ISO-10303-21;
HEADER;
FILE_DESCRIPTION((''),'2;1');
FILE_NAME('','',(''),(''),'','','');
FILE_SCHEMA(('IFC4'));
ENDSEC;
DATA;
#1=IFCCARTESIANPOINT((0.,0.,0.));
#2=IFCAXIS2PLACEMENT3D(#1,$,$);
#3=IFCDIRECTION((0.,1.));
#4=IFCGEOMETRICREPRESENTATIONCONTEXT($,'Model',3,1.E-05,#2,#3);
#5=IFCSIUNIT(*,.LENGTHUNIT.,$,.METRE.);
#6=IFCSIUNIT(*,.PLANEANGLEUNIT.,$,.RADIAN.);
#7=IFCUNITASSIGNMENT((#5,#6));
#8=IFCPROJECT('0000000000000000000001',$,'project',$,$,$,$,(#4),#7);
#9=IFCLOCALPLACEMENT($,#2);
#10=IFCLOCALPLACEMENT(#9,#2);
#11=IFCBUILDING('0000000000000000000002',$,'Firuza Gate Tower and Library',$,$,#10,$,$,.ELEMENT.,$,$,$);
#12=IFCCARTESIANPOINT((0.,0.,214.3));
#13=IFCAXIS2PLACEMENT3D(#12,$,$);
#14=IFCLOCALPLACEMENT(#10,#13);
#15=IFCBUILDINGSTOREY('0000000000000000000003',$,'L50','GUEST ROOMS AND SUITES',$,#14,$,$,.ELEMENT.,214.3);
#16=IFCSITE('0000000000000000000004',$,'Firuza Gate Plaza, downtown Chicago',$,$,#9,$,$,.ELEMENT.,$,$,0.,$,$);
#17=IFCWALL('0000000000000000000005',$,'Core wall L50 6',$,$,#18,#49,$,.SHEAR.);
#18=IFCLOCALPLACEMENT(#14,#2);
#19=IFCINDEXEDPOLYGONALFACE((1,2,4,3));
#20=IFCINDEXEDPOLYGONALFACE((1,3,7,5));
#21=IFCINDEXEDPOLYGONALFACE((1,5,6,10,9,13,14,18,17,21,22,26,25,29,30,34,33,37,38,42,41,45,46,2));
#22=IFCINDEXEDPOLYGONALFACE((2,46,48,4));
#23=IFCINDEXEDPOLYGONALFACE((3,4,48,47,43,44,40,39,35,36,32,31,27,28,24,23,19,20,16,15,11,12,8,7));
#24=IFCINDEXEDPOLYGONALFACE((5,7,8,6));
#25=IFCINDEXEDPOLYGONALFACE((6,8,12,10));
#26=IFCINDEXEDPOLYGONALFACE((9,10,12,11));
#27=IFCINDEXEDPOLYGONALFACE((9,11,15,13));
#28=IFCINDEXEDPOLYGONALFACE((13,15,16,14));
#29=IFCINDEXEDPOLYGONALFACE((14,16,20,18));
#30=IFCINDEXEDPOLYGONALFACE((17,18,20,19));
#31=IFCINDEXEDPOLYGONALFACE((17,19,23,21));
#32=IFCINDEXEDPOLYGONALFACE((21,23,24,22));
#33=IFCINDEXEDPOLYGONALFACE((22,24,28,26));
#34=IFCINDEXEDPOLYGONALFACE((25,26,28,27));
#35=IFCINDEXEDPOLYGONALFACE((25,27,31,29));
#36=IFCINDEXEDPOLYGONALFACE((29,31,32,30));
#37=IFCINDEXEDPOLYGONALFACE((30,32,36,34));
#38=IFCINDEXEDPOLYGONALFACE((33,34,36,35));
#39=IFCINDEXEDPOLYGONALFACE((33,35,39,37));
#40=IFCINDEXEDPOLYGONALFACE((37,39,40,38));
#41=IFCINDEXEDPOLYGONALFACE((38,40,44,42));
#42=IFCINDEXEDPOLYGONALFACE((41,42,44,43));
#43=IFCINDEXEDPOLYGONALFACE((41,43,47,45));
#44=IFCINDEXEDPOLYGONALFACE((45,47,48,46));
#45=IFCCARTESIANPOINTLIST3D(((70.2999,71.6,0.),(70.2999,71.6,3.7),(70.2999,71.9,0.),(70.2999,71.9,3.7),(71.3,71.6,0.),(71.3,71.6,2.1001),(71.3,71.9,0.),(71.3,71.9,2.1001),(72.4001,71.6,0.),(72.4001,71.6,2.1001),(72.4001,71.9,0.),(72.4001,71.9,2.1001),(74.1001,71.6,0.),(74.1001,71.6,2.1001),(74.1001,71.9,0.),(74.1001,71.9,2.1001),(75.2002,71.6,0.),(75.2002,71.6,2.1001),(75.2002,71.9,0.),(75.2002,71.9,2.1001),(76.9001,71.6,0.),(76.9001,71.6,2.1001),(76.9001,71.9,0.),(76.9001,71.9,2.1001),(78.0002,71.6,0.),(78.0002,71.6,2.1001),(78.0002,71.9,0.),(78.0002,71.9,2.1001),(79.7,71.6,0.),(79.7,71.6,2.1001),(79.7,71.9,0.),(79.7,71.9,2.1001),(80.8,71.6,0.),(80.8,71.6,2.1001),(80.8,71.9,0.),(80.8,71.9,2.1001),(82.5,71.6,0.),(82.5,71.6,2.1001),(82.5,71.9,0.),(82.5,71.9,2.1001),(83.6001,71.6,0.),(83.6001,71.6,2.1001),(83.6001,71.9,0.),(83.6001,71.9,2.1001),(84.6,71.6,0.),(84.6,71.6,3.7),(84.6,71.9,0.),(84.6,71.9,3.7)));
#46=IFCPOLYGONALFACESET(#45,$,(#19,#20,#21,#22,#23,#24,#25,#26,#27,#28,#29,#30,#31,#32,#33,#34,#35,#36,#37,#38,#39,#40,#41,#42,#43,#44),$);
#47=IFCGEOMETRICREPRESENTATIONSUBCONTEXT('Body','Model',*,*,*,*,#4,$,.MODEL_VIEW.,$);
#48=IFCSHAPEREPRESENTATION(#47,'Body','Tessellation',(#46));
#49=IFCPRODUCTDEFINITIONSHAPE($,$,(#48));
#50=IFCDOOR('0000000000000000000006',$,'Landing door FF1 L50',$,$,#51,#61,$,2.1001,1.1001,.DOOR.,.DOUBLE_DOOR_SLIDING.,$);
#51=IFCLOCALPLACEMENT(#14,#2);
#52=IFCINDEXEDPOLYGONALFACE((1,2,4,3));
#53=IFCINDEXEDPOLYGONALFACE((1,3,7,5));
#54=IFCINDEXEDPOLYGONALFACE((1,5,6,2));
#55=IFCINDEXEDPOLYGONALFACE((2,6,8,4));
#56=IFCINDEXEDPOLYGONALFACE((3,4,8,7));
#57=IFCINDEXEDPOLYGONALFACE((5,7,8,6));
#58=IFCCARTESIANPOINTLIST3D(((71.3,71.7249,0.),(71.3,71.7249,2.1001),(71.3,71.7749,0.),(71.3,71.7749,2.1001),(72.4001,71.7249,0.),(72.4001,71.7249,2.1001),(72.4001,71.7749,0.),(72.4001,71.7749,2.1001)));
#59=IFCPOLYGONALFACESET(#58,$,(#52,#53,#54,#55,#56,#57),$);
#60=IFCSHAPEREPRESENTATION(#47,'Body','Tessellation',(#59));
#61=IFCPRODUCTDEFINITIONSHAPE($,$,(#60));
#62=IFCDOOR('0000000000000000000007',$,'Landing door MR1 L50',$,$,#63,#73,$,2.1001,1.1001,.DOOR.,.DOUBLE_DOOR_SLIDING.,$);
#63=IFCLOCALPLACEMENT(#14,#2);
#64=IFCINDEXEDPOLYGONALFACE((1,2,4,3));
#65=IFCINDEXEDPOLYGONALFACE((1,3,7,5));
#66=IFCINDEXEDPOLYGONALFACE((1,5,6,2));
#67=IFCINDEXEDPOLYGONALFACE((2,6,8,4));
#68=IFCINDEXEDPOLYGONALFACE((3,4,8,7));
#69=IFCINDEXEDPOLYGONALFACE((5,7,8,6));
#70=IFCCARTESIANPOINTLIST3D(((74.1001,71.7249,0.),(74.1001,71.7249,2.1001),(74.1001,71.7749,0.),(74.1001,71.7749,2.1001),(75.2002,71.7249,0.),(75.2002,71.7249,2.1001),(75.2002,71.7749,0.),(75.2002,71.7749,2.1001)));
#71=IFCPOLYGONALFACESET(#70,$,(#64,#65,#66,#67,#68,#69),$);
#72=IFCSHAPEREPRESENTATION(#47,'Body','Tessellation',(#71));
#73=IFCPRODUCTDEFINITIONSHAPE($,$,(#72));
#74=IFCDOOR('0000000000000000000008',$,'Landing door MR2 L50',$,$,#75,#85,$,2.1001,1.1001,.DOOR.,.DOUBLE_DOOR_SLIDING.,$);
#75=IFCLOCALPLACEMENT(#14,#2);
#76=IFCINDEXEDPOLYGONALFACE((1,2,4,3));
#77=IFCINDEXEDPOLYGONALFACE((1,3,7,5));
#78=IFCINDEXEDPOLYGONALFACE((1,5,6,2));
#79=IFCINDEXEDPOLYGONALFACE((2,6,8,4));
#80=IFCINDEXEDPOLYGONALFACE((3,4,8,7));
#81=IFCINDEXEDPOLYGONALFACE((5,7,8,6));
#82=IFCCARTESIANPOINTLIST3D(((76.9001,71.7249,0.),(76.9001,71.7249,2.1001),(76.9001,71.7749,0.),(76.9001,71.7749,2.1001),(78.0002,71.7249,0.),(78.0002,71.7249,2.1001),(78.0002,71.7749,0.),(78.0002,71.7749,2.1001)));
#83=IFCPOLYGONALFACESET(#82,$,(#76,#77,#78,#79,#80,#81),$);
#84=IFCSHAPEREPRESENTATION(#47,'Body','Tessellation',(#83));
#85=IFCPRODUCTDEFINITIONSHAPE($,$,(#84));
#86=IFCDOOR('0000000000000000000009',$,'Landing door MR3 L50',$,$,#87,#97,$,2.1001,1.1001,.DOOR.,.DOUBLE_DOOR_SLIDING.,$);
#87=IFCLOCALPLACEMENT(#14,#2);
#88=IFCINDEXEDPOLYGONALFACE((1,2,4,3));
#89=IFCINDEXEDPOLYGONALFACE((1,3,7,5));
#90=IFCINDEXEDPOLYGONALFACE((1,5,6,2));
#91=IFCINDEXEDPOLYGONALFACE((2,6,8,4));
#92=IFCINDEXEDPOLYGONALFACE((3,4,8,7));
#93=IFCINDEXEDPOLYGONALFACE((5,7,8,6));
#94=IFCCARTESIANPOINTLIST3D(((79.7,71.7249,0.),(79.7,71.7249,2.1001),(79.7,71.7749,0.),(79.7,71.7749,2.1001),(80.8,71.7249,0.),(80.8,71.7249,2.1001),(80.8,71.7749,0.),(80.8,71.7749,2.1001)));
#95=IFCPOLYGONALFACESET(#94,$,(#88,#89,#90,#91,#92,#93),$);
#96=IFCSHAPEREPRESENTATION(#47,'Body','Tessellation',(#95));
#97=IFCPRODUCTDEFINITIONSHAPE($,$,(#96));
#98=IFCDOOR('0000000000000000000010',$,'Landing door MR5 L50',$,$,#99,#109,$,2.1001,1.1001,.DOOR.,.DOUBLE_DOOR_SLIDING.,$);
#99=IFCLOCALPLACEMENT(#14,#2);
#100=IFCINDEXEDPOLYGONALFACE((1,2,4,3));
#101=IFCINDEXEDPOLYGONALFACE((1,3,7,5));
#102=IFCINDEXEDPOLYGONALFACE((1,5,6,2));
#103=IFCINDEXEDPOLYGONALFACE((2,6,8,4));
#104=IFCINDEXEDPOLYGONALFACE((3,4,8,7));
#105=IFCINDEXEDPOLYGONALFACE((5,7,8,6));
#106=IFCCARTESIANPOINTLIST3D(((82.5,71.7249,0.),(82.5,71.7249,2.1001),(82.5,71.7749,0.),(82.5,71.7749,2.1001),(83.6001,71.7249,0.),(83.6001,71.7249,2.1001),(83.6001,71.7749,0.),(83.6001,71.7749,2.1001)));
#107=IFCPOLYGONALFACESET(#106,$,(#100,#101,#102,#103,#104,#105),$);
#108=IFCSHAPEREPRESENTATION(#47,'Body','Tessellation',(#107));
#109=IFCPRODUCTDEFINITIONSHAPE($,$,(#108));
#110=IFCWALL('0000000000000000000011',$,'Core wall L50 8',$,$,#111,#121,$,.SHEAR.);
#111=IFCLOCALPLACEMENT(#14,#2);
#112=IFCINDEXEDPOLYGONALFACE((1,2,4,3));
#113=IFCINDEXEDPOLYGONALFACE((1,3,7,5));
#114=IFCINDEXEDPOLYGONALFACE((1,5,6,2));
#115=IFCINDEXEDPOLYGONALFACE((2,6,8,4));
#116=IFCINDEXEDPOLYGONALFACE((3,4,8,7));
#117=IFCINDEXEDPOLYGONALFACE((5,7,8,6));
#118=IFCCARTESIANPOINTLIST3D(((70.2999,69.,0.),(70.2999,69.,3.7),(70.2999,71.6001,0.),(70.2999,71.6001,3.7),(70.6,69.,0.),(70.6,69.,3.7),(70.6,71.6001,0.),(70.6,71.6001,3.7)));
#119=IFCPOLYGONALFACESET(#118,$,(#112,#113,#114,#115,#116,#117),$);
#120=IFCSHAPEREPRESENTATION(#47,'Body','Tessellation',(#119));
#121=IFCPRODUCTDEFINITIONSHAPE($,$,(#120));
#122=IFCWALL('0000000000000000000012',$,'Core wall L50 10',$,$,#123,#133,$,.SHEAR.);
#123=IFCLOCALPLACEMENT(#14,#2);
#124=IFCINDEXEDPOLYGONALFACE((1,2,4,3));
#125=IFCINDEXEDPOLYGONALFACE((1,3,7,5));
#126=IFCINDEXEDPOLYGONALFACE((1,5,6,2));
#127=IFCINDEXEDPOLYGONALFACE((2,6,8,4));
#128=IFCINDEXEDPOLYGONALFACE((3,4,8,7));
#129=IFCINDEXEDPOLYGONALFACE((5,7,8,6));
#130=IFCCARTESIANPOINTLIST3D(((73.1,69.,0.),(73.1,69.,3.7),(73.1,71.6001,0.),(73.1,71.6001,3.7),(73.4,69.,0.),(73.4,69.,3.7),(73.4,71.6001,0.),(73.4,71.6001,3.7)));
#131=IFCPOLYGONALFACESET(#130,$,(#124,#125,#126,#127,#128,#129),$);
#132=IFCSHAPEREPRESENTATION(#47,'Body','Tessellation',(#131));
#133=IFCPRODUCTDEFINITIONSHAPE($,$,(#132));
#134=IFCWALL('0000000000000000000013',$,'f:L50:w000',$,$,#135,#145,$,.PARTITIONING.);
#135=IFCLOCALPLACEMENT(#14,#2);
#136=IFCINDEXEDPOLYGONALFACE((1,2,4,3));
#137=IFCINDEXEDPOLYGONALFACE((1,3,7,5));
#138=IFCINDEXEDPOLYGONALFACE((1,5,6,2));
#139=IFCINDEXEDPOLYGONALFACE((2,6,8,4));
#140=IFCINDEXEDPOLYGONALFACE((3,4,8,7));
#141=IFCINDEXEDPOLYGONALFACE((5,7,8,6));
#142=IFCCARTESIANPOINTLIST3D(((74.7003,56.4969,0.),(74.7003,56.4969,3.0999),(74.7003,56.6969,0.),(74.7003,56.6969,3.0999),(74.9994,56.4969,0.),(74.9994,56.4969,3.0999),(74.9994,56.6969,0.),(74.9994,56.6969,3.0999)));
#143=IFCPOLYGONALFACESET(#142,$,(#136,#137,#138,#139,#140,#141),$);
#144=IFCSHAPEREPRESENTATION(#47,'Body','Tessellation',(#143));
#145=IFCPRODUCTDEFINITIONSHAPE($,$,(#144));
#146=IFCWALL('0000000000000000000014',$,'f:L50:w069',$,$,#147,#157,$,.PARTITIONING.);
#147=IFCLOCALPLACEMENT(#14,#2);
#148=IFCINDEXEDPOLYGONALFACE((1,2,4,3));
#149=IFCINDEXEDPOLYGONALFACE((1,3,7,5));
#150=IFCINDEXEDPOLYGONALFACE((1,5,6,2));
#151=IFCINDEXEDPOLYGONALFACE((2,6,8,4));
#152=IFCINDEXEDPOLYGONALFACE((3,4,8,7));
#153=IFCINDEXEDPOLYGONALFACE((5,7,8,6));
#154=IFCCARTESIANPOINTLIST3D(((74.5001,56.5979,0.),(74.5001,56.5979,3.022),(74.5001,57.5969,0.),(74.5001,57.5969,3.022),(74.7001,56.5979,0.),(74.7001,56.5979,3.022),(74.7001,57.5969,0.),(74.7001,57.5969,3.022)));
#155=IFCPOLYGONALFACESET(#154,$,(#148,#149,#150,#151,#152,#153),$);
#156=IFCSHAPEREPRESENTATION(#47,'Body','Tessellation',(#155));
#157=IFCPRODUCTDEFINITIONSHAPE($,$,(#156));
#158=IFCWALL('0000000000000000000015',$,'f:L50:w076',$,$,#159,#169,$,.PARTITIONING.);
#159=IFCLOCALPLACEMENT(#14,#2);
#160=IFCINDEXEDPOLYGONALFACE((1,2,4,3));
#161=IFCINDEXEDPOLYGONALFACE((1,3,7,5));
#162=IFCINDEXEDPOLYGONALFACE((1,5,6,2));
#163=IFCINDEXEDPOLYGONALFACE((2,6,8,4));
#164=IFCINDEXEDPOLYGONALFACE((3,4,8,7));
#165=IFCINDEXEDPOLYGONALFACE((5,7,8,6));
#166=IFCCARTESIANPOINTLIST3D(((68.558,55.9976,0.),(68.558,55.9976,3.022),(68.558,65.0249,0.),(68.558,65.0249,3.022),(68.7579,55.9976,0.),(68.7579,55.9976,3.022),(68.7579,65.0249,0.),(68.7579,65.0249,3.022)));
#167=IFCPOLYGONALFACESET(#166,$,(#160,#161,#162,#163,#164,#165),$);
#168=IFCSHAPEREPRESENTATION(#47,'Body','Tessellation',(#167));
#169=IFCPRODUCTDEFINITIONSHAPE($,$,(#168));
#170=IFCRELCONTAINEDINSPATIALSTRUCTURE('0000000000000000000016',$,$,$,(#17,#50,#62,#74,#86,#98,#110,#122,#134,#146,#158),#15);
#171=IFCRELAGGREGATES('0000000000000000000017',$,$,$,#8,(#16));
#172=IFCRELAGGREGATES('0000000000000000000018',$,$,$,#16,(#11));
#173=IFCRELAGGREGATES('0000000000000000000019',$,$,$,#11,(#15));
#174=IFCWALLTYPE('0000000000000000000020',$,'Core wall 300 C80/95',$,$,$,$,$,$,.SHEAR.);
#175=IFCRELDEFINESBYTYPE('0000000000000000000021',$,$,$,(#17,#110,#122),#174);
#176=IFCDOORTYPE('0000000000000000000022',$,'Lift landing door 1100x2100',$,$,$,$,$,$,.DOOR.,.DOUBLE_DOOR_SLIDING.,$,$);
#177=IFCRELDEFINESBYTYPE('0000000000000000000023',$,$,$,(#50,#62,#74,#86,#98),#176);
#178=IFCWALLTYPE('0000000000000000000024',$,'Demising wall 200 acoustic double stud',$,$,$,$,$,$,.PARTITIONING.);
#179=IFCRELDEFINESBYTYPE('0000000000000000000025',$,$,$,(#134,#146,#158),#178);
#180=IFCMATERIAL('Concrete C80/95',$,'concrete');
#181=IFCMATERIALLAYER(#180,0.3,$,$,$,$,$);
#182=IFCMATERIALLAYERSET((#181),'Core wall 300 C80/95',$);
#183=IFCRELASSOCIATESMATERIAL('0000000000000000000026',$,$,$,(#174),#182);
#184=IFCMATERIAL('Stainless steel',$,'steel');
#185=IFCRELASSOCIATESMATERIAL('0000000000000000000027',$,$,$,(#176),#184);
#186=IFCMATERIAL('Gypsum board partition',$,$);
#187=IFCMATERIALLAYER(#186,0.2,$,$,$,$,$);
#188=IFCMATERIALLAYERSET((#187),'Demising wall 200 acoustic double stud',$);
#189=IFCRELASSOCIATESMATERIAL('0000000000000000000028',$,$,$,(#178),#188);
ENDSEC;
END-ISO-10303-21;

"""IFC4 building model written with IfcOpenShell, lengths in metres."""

from ifc_helpers import new_model, si_unit, direction, frame, frame_2d, origin, place, context, subcontext, project, spatial, rectangle, extrude, material, layer, layer_set, type_object, element, fill, save


model = new_model("IFC4")

# Units and contexts
model_context = context("Model", 3, precision=1e-05, world=origin(), true_north=direction((0.0, 1.0)))
body_context = subcontext(model_context, "Body", "Model", "MODEL_VIEW")
ifc_project = project(units=[si_unit("LENGTHUNIT", "METRE"), si_unit("PLANEANGLEUNIT", "RADIAN")], contexts=[model_context])

# Site, building, storey
site_placement = place(None, origin())
site = spatial("IfcSite", under=ifc_project, at=site_placement, Name="Firuza Gate Plaza, downtown Chicago", CompositionType="ELEMENT", RefElevation=0.0)
building_placement = place(site_placement, origin())
building = spatial("IfcBuilding", under=site, at=building_placement, Name="Firuza Gate Tower and Library", CompositionType="ELEMENT")
storey_placement = place(building_placement, frame((0.0, 0.0, 214.3)))
storey = spatial("IfcBuildingStorey", under=building, at=storey_placement, Name="L50", Description="GUEST ROOMS AND SUITES", CompositionType="ELEMENT", Elevation=214.3)

# Shared definitions
ifc_material_1 = material(Name="Concrete C80/95", Category="concrete")
ifc_layer_1 = layer(ifc_material_1, 0.3)
ifc_layer_set_1 = layer_set([ifc_layer_1], Name="Core wall 300 C80/95")
wall_type_1 = type_object("IfcWallType", Name="Core wall 300 C80/95", PredefinedType="SHEAR", material=ifc_layer_set_1)

# Wall, openings, doors
wall_1_placement = place(storey_placement, frame((70.3, 71.75, 0.0), z_axis=(0.0, 0.0, 1.0), x_axis=(1.0, 0.0, 0.0)))
wall_1 = element("IfcWall", 1, at=wall_1_placement, inside=storey, type_object=wall_type_1, Name="Core wall L50 6", PredefinedType="SHEAR", context=body_context, shape_type="SweptSolid", body=[
    extrude(rectangle(XDim=14.3, YDim=0.3, at=frame_2d((7.1499, 0.0))), origin(), (0.0, 0.0, 1.0), 3.7),
])
opening_1_placement = place(wall_1_placement, frame((1.0, 0.0, 0.0)))
opening_1 = element("IfcOpeningElement", 2, at=opening_1_placement, cuts=wall_1, PredefinedType="OPENING", context=body_context, shape_type="SweptSolid", body=[
    extrude(rectangle(XDim=1.1001, YDim=2.1001, at=frame_2d((0.55, 1.05))), frame((0.0, 0.1602, 0.0), z_axis=(0.0, -1.0, 0.0), x_axis=(1.0, 0.0, 0.0)), (0.0, 0.0, 1.0), 0.3201),
])
opening_2_placement = place(wall_1_placement, frame((3.8, 0.0, 0.0)))
opening_2 = element("IfcOpeningElement", 3, at=opening_2_placement, cuts=wall_1, PredefinedType="OPENING", context=body_context, shape_type="SweptSolid", body=[
    extrude(rectangle(XDim=1.1001, YDim=2.1001, at=frame_2d((0.55, 1.05))), frame((0.0, 0.1602, 0.0), z_axis=(0.0, -1.0, 0.0), x_axis=(1.0, 0.0, 0.0)), (0.0, 0.0, 1.0), 0.3201),
])
opening_3_placement = place(wall_1_placement, frame((6.6001, 0.0, 0.0)))
opening_3 = element("IfcOpeningElement", 4, at=opening_3_placement, cuts=wall_1, PredefinedType="OPENING", context=body_context, shape_type="SweptSolid", body=[
    extrude(rectangle(XDim=1.1001, YDim=2.1001, at=frame_2d((0.55, 1.05))), frame((0.0, 0.1602, 0.0), z_axis=(0.0, -1.0, 0.0), x_axis=(1.0, 0.0, 0.0)), (0.0, 0.0, 1.0), 0.3201),
])
opening_4_placement = place(wall_1_placement, frame((9.3999, 0.0, 0.0)))
opening_4 = element("IfcOpeningElement", 5, at=opening_4_placement, cuts=wall_1, PredefinedType="OPENING", context=body_context, shape_type="SweptSolid", body=[
    extrude(rectangle(XDim=1.1001, YDim=2.1001, at=frame_2d((0.55, 1.05))), frame((0.0, 0.1602, 0.0), z_axis=(0.0, -1.0, 0.0), x_axis=(1.0, 0.0, 0.0)), (0.0, 0.0, 1.0), 0.3201),
])
opening_5_placement = place(wall_1_placement, frame((12.2, 0.0, 0.0)))
opening_5 = element("IfcOpeningElement", 6, at=opening_5_placement, cuts=wall_1, PredefinedType="OPENING", context=body_context, shape_type="SweptSolid", body=[
    extrude(rectangle(XDim=1.1001, YDim=2.1001, at=frame_2d((0.55, 1.05))), frame((0.0, 0.1602, 0.0), z_axis=(0.0, -1.0, 0.0), x_axis=(1.0, 0.0, 0.0)), (0.0, 0.0, 1.0), 0.3201),
])
ifc_material_2 = material(Name="Stainless steel", Category="steel")
door_type_1 = type_object("IfcDoorType", Name="Lift landing door 1100x2100", OperationType="DOUBLE_DOOR_SLIDING", PredefinedType="DOOR", material=ifc_material_2)
door_1_placement = place(opening_1_placement, origin())
door_1 = element("IfcDoor", 7, at=door_1_placement, inside=storey, type_object=door_type_1, Name="Landing door FF1 L50", OperationType="DOUBLE_DOOR_SLIDING", OverallHeight=2.1001, OverallWidth=1.1001, PredefinedType="DOOR", context=body_context, shape_type="SweptSolid", body=[
    extrude(rectangle(XDim=1.1001, YDim=2.1001, at=frame_2d((0.55, 1.05))), frame((0.0, 0.0249, 0.0), z_axis=(0.0, -1.0, 0.0), x_axis=(1.0, 0.0, 0.0)), (0.0, 0.0, 1.0), 0.05),
])
fill(opening_1, door_1)
door_2_placement = place(opening_2_placement, origin())
door_2 = element("IfcDoor", 8, at=door_2_placement, inside=storey, type_object=door_type_1, Name="Landing door MR1 L50", OperationType="DOUBLE_DOOR_SLIDING", OverallHeight=2.1001, OverallWidth=1.1001, PredefinedType="DOOR", context=body_context, shape_type="SweptSolid", body=[
    extrude(rectangle(XDim=1.1001, YDim=2.1001, at=frame_2d((0.55, 1.05))), frame((0.0, 0.0249, 0.0), z_axis=(0.0, -1.0, 0.0), x_axis=(1.0, 0.0, 0.0)), (0.0, 0.0, 1.0), 0.05),
])
fill(opening_2, door_2)
door_3_placement = place(opening_3_placement, origin())
door_3 = element("IfcDoor", 9, at=door_3_placement, inside=storey, type_object=door_type_1, Name="Landing door MR2 L50", OperationType="DOUBLE_DOOR_SLIDING", OverallHeight=2.1001, OverallWidth=1.1001, PredefinedType="DOOR", context=body_context, shape_type="SweptSolid", body=[
    extrude(rectangle(XDim=1.1001, YDim=2.1001, at=frame_2d((0.55, 1.05))), frame((0.0, 0.0249, 0.0), z_axis=(0.0, -1.0, 0.0), x_axis=(1.0, 0.0, 0.0)), (0.0, 0.0, 1.0), 0.05),
])
fill(opening_3, door_3)
door_4_placement = place(opening_4_placement, origin())
door_4 = element("IfcDoor", 10, at=door_4_placement, inside=storey, type_object=door_type_1, Name="Landing door MR3 L50", OperationType="DOUBLE_DOOR_SLIDING", OverallHeight=2.1001, OverallWidth=1.1001, PredefinedType="DOOR", context=body_context, shape_type="SweptSolid", body=[
    extrude(rectangle(XDim=1.1001, YDim=2.1001, at=frame_2d((0.55, 1.05))), frame((0.0, 0.0249, 0.0), z_axis=(0.0, -1.0, 0.0), x_axis=(1.0, 0.0, 0.0)), (0.0, 0.0, 1.0), 0.05),
])
fill(opening_4, door_4)
door_5_placement = place(opening_5_placement, origin())
door_5 = element("IfcDoor", 11, at=door_5_placement, inside=storey, type_object=door_type_1, Name="Landing door MR5 L50", OperationType="DOUBLE_DOOR_SLIDING", OverallHeight=2.1001, OverallWidth=1.1001, PredefinedType="DOOR", context=body_context, shape_type="SweptSolid", body=[
    extrude(rectangle(XDim=1.1001, YDim=2.1001, at=frame_2d((0.55, 1.05))), frame((0.0, 0.0249, 0.0), z_axis=(0.0, -1.0, 0.0), x_axis=(1.0, 0.0, 0.0)), (0.0, 0.0, 1.0), 0.05),
])
fill(opening_5, door_5)

# Walls
for number, where, z_axis, x_axis, name in (
    (12, (70.45, 69.0, 0.0), (0.0, 0.0, 1.0), (0.0, 1.0, 0.0), "Core wall L50 8"),
    (13, (73.25, 69.0, 0.0), (0.0, 0.0, 1.0), (0.0, 1.0, 0.0), "Core wall L50 10"),
):
    element("IfcWall", number, at=place(storey_placement, frame(where, z_axis=z_axis, x_axis=x_axis)), inside=storey, type_object=wall_type_1, Name=name, PredefinedType="SHEAR", context=body_context, shape_type="SweptSolid", body=[
        extrude(rectangle(XDim=2.6001, YDim=0.3, at=frame_2d((1.3, 0.0))), origin(), (0.0, 0.0, 1.0), 3.7),
    ])
ifc_material_3 = material(Name="Gypsum board partition")
ifc_layer_2 = layer(ifc_material_3, 0.2)
ifc_layer_set_2 = layer_set([ifc_layer_2], Name="Demising wall 200 acoustic double stud")
wall_type_2 = type_object("IfcWallType", Name="Demising wall 200 acoustic double stud", PredefinedType="PARTITIONING", material=ifc_layer_set_2)
wall_2_placement = place(storey_placement, frame((74.7004, 56.5969, 0.0), z_axis=(0.0, 0.0, 1.0), x_axis=(1.0, 0.0, 0.0)))
element("IfcWall", 14, at=wall_2_placement, inside=storey, type_object=wall_type_2, Name="f:L50:w000", PredefinedType="PARTITIONING", context=body_context, shape_type="SweptSolid", body=[
    extrude(rectangle(XDim=0.2991, YDim=0.2, at=frame_2d((0.1494, 0.0))), origin(), (0.0, 0.0, 1.0), 3.0999),
])
wall_3_placement = place(storey_placement, frame((74.6001, 56.5979, 0.0), z_axis=(0.0, 0.0, 1.0), x_axis=(0.0, 1.0, 0.0)))
element("IfcWall", 15, at=wall_3_placement, inside=storey, type_object=wall_type_2, Name="f:L50:w069", PredefinedType="PARTITIONING", context=body_context, shape_type="SweptSolid", body=[
    extrude(rectangle(XDim=0.999, YDim=0.2, at=frame_2d((0.4995, 0.0))), origin(), (0.0, 0.0, 1.0), 3.022),
])
wall_4_placement = place(storey_placement, frame((68.658, 55.9976, 0.0), z_axis=(0.0, 0.0, 1.0), x_axis=(0.0, 1.0, 0.0)))
element("IfcWall", 16, at=wall_4_placement, inside=storey, type_object=wall_type_2, Name="f:L50:w076", PredefinedType="PARTITIONING", context=body_context, shape_type="SweptSolid", body=[
    extrude(rectangle(XDim=9.0273, YDim=0.2, at=frame_2d((4.5137, 0.0))), origin(), (0.0, 0.0, 1.0), 3.022),
])

save(model, "model.ifc")
